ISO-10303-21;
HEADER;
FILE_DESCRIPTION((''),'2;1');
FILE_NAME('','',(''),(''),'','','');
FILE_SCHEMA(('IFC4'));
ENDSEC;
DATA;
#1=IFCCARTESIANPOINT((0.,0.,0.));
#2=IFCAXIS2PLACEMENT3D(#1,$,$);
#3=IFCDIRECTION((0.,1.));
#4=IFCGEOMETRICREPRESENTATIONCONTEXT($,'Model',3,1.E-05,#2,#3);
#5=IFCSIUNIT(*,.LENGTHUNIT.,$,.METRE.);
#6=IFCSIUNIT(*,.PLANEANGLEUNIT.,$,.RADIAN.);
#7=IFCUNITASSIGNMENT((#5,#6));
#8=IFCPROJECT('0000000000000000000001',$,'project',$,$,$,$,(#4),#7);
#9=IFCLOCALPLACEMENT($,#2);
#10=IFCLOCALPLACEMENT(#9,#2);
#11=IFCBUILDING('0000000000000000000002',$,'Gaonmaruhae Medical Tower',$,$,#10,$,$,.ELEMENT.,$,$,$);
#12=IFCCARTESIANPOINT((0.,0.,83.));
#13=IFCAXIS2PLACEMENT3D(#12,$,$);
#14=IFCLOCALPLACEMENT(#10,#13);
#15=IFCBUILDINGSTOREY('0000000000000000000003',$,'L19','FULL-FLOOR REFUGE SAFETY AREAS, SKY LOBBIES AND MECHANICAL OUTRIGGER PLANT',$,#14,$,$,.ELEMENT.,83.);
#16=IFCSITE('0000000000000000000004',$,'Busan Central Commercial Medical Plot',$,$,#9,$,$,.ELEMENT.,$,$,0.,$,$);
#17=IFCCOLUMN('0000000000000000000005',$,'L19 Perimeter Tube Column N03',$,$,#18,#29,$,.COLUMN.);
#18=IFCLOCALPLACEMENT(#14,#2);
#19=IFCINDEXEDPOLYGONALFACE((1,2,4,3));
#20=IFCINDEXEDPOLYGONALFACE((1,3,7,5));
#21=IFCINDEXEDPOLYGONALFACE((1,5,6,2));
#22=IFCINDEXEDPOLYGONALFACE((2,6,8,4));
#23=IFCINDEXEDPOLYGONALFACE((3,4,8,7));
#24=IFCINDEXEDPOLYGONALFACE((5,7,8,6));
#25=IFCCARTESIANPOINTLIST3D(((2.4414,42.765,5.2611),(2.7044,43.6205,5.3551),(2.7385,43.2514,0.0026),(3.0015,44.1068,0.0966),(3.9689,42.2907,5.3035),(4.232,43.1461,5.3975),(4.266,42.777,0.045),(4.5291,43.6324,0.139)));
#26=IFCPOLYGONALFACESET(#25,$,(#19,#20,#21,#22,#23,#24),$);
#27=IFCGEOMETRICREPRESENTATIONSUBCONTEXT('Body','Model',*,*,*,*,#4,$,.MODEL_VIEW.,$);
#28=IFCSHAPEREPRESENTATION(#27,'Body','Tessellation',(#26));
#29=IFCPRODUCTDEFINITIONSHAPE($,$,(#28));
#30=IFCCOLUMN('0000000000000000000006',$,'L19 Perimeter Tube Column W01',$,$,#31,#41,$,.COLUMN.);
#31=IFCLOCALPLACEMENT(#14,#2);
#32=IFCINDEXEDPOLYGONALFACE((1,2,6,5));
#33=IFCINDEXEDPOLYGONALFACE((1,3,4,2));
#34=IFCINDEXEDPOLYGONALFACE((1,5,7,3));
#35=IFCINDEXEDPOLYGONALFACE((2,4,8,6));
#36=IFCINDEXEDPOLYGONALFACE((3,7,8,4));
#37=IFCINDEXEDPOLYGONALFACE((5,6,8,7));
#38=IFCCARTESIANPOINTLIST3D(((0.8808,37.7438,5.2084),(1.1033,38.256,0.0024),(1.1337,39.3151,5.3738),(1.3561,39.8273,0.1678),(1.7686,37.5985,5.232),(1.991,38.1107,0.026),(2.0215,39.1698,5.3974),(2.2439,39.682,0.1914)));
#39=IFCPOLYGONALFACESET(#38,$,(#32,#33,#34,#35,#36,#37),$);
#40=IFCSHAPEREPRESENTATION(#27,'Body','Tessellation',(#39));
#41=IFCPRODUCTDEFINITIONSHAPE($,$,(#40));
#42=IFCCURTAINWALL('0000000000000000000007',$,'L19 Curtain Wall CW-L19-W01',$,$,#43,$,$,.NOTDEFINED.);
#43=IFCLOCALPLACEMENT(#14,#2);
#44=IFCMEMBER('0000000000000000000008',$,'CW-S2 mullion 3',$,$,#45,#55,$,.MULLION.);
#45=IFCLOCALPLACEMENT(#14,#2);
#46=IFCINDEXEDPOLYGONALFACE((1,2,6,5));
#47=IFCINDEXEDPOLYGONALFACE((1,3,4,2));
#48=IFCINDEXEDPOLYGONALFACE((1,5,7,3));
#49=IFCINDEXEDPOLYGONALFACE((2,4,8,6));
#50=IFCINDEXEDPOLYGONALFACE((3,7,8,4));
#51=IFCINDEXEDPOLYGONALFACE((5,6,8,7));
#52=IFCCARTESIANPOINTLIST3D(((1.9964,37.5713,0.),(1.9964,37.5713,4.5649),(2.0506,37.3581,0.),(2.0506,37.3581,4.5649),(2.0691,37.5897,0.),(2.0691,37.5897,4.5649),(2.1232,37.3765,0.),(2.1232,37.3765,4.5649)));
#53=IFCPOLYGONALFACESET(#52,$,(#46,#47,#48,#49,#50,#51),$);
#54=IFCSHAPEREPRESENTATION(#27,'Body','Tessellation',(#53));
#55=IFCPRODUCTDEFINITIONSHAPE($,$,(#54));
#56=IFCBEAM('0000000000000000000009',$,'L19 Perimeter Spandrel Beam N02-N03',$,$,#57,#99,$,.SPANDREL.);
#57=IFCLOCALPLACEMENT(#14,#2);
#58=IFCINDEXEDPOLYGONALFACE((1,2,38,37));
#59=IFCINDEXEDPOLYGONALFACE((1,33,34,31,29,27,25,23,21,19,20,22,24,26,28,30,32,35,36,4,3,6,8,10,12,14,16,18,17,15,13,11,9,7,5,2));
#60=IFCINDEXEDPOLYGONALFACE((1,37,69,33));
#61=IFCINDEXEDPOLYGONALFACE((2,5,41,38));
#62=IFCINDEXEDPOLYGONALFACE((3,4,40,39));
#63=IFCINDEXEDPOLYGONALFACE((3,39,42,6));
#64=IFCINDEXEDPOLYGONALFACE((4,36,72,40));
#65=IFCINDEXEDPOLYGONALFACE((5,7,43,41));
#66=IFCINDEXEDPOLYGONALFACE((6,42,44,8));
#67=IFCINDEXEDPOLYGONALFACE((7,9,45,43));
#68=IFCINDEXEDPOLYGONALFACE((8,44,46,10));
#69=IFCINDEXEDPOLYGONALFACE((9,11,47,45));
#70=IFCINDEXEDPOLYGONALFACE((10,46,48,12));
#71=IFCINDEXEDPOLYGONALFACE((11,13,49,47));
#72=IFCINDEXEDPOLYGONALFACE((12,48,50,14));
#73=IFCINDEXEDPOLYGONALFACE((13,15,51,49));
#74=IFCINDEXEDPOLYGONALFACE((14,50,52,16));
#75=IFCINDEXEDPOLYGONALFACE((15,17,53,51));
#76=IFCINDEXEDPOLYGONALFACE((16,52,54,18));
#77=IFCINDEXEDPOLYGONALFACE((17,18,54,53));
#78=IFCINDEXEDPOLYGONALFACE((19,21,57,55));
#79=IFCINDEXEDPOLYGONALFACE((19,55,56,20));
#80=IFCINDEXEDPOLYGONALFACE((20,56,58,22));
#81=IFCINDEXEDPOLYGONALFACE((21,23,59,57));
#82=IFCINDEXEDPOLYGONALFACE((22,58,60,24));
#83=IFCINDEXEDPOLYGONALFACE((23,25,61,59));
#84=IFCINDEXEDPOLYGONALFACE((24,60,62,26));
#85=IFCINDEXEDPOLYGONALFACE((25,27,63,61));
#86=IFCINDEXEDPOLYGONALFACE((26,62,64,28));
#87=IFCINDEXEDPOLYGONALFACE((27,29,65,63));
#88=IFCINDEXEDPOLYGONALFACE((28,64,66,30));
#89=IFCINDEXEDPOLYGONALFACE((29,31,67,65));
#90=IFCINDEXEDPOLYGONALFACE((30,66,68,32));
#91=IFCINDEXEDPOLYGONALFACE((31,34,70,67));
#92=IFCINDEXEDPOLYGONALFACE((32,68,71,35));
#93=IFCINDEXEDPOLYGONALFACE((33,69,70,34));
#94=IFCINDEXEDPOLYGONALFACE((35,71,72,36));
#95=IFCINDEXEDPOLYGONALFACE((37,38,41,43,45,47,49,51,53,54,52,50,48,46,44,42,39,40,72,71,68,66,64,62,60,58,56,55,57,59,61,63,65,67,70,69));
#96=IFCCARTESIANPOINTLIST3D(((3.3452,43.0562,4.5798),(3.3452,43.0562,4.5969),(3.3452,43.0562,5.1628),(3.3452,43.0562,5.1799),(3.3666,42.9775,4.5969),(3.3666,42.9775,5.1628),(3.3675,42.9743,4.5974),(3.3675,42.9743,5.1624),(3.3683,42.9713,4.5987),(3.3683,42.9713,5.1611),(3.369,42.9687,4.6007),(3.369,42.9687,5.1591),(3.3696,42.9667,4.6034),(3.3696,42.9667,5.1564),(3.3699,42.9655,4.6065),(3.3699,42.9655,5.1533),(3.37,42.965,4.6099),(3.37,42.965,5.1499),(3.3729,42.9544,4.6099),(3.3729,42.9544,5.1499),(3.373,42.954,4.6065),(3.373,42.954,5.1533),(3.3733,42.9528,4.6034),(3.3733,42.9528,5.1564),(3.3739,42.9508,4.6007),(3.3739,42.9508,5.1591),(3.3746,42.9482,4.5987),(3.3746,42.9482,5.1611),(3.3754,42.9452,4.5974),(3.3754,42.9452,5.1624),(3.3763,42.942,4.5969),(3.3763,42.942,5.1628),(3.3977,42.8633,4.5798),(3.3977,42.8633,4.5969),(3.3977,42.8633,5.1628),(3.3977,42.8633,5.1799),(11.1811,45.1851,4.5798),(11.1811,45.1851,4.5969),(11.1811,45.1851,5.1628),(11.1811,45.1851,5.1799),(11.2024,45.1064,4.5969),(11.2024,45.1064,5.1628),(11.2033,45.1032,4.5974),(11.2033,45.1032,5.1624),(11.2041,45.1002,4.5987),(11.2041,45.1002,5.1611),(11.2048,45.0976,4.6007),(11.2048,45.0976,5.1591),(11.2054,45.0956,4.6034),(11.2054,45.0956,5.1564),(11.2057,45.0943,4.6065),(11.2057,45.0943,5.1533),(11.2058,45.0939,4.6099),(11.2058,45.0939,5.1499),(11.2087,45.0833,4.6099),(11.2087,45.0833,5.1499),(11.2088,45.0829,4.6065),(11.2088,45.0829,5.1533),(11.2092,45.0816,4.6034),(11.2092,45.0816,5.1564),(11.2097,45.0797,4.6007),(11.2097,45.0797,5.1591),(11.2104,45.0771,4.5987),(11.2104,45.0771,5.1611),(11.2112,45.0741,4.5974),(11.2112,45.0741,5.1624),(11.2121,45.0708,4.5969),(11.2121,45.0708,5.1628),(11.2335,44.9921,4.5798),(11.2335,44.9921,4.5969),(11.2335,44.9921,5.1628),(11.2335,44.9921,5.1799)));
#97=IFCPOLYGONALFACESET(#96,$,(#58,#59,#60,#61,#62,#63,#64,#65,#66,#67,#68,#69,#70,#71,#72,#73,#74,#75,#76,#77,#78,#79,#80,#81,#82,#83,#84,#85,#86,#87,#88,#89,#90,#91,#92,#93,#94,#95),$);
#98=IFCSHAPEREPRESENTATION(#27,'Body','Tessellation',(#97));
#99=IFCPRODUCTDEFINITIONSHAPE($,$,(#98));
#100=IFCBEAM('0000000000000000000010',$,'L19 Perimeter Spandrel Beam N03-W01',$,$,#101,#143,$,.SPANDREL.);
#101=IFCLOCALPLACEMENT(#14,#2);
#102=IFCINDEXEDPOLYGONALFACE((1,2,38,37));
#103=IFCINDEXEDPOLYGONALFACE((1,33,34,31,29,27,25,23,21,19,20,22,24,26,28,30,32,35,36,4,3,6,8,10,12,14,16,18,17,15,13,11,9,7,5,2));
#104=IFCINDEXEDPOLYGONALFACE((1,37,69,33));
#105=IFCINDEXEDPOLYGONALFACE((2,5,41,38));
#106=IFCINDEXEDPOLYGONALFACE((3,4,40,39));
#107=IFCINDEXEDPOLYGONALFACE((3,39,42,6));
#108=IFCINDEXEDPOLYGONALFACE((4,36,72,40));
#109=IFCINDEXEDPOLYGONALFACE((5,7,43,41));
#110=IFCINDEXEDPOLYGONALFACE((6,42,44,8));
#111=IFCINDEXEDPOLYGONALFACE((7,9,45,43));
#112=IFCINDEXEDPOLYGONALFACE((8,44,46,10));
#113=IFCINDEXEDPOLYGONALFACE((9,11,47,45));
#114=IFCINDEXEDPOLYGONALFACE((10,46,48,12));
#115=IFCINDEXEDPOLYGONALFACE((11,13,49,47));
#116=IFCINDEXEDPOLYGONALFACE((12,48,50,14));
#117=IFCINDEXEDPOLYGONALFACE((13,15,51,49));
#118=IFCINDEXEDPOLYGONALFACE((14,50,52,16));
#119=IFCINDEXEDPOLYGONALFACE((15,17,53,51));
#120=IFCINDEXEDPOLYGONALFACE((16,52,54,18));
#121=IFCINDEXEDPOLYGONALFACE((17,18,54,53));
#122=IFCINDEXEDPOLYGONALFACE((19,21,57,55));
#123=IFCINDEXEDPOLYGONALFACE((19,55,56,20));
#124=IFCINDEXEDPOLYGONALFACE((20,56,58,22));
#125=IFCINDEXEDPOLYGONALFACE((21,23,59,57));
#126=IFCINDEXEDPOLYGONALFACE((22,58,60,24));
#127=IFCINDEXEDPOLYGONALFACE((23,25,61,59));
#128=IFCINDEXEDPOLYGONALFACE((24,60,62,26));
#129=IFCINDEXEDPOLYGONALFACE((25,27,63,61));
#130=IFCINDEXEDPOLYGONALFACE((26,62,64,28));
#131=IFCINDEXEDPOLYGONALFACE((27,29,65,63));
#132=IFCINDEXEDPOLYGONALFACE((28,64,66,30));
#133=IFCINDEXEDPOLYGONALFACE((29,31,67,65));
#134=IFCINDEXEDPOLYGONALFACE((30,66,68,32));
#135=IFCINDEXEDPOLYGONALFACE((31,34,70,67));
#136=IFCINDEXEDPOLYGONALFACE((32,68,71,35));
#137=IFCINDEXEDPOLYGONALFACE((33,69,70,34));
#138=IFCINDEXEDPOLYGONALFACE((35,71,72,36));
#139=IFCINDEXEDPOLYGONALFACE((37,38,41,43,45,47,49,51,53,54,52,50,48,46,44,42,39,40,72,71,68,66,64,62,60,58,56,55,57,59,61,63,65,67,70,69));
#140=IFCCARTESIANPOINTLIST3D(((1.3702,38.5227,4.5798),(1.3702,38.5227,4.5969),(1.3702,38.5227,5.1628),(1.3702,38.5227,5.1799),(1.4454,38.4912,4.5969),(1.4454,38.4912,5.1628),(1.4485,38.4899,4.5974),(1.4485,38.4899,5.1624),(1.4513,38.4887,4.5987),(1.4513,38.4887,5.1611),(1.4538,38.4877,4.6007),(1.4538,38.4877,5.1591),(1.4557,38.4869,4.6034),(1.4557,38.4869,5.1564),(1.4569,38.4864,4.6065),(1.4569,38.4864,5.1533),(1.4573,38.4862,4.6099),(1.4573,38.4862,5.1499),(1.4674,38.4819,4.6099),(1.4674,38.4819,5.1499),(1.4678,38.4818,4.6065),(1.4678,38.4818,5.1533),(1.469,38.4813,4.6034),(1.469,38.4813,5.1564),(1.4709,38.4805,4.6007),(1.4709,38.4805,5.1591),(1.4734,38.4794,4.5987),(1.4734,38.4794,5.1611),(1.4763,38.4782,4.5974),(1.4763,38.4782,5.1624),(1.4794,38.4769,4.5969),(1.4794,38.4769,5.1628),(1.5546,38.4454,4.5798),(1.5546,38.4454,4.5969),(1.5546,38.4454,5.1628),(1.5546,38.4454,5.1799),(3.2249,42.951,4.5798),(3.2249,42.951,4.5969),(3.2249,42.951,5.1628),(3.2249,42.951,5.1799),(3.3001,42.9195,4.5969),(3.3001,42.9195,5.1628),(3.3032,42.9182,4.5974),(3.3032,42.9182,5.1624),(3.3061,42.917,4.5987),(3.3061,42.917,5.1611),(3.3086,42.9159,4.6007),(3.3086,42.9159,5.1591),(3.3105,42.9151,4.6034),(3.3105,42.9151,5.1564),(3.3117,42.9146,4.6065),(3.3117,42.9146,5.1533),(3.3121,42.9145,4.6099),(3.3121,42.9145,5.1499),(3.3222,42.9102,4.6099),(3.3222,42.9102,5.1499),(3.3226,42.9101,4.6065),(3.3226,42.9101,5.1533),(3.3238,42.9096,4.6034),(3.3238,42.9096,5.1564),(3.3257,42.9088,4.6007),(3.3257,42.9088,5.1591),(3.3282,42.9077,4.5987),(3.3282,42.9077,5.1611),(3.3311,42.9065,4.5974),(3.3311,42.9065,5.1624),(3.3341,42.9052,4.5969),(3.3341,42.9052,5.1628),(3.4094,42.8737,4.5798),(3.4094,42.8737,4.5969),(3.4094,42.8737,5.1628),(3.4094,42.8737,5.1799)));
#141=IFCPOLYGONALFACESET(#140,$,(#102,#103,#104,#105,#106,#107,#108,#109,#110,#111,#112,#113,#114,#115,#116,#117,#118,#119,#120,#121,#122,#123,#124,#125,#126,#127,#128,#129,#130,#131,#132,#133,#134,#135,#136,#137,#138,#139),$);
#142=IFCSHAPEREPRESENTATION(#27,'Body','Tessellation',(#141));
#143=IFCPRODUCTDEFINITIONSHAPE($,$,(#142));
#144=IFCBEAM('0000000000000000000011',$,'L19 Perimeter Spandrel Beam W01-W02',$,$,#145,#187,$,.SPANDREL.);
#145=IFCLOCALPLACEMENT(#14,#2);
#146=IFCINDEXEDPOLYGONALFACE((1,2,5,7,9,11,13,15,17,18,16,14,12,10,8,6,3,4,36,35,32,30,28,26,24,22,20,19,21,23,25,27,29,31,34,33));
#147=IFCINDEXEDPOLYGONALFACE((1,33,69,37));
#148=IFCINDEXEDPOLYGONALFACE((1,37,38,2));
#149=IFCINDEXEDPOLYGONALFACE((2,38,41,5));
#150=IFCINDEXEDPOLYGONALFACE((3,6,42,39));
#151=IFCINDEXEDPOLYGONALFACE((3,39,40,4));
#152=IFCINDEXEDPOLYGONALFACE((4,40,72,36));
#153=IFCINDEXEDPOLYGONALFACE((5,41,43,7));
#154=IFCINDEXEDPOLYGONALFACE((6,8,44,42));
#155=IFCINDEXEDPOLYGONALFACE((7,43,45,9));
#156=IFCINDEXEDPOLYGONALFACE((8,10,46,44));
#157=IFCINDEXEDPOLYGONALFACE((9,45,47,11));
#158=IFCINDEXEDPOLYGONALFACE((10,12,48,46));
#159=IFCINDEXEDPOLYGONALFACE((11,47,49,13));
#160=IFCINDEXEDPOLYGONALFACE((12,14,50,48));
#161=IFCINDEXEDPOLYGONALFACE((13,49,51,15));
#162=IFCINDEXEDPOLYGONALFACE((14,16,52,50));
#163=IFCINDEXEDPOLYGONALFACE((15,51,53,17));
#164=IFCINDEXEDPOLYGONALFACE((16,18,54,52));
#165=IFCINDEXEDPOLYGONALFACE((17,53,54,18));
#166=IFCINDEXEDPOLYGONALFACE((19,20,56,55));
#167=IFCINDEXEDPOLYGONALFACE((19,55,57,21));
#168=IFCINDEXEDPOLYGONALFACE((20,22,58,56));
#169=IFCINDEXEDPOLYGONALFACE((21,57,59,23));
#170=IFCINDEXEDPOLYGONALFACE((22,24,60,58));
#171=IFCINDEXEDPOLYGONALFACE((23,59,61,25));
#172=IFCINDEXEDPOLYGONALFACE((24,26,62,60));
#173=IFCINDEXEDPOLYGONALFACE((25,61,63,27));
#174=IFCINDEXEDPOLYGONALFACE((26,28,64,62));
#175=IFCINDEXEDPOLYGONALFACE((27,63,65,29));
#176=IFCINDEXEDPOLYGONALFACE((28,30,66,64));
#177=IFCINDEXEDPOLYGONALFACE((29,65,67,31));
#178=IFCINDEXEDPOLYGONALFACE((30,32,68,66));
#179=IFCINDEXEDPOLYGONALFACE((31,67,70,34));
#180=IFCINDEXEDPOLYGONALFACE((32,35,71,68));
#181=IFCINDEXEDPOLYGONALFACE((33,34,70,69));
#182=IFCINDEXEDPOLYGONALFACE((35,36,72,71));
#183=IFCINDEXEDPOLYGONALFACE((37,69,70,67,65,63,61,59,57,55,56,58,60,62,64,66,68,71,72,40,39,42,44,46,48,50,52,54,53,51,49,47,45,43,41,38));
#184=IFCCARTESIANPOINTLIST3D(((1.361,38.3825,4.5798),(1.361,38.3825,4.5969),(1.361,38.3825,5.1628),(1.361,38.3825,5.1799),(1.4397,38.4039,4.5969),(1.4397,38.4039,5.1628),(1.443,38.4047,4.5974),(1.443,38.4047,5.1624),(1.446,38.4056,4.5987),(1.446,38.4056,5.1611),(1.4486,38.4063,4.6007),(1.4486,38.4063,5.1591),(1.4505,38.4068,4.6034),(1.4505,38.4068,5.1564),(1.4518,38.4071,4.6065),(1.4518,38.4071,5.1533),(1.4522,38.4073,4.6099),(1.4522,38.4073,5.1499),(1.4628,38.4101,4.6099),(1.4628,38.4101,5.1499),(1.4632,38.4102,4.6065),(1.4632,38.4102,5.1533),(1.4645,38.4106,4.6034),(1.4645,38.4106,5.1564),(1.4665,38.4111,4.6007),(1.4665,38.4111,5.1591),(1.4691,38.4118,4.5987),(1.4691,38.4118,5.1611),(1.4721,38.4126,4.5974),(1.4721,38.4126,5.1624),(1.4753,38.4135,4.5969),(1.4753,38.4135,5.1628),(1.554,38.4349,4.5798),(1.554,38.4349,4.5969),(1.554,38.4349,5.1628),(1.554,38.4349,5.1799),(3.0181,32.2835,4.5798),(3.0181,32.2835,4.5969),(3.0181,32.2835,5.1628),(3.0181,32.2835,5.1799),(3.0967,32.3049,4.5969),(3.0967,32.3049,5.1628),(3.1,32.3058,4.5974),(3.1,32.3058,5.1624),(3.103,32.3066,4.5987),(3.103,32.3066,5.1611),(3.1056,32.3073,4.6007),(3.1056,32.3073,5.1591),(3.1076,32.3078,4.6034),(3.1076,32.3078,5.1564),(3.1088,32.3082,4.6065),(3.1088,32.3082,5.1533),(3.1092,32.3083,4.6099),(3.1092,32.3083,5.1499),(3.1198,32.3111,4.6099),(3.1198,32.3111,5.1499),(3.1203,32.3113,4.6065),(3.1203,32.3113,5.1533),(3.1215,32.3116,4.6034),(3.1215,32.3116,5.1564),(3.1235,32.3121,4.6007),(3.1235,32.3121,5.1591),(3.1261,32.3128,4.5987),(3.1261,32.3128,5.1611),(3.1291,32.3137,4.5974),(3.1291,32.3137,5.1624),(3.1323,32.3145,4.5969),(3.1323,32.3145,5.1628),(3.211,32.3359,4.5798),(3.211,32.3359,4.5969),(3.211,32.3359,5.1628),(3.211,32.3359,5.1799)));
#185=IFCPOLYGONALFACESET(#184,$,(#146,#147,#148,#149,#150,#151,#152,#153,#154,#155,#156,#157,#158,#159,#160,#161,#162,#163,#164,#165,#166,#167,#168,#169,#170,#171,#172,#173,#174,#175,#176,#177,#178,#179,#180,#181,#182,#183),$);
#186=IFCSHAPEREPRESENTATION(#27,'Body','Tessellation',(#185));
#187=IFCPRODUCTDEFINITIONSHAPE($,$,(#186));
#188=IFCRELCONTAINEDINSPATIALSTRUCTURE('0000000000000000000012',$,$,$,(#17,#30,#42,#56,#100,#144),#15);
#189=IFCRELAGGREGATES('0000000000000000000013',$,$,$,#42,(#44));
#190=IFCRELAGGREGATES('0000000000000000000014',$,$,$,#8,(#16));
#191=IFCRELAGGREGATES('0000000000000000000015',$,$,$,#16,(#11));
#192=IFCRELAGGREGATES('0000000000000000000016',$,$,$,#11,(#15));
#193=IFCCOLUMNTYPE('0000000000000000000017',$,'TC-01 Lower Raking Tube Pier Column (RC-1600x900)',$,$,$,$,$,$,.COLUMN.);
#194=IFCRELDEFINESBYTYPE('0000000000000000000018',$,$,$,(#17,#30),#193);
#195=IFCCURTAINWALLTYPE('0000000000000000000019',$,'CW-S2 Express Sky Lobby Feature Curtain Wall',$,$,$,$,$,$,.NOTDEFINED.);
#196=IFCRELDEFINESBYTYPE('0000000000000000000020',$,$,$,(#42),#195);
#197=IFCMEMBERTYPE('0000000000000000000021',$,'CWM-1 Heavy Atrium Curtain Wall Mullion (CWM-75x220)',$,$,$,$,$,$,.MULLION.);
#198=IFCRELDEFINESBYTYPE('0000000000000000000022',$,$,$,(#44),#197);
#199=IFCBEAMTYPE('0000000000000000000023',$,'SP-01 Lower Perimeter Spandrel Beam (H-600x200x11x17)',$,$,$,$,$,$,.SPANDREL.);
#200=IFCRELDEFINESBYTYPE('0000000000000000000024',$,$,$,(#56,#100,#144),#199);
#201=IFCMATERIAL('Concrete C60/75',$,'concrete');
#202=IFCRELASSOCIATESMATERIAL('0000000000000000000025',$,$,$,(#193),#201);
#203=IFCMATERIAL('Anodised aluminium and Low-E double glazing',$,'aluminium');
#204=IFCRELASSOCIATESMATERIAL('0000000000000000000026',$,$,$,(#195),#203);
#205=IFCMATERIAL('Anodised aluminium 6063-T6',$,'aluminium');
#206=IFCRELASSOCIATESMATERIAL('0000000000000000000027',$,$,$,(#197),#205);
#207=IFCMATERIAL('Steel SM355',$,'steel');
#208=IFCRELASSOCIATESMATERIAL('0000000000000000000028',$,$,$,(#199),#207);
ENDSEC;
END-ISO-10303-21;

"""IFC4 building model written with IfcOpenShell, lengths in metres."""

from ifc_helpers import new_model, si_unit, direction, frame, origin, origin_2d, place, context, subcontext, project, spatial, rectangle, i_section, extrude, material, material_profile, profile_set, type_object, element, aggregate, save


model = new_model("IFC4")

# Units and contexts
model_context = context("Model", 3, precision=1e-05, world=origin(), true_north=direction((0.0, 1.0)))
body_context = subcontext(model_context, "Body", "Model", "MODEL_VIEW")
ifc_project = project(units=[si_unit("LENGTHUNIT", "METRE"), si_unit("PLANEANGLEUNIT", "RADIAN")], contexts=[model_context])

# Site, building, storey
site_placement = place(None, origin())
site = spatial("IfcSite", under=ifc_project, at=site_placement, Name="Busan Central Commercial Medical Plot", CompositionType="ELEMENT", RefElevation=0.0)
building_placement = place(site_placement, origin())
building = spatial("IfcBuilding", under=site, at=building_placement, Name="Gaonmaruhae Medical Tower", CompositionType="ELEMENT")
storey_placement = place(building_placement, frame((0.0, 0.0, 83.0)))
storey = spatial("IfcBuildingStorey", under=building, at=storey_placement, Name="L19", Description="FULL-FLOOR REFUGE SAFETY AREAS, SKY LOBBIES AND MECHANICAL OUTRIGGER PLANT", CompositionType="ELEMENT", Elevation=83.0)

# Columns
ifc_material_1 = material(Name="Concrete C60/75", Category="concrete")
ifc_material_profile_1 = material_profile(ifc_material_1, rectangle(XDim=1.6001, YDim=0.8999, at=origin_2d()), Name="RC-1600x900")
ifc_profile_set_1 = profile_set([ifc_material_profile_1], Name="Concrete C60/75")
column_type = type_object("IfcColumnType", Name="TC-01 Lower Raking Tube Pier Column (RC-1600x900)", PredefinedType="COLUMN", material=ifc_profile_set_1)
column_1_placement = place(storey_placement, frame((3.6338, 43.4419, 0.0708), z_axis=(-0.056173, -0.091945, 0.994178), x_axis=(0.954673, -0.296474, 0.026522)))
element("IfcColumn", 1, at=column_1_placement, inside=storey, type_object=column_type, Name="L19 Perimeter Tube Column N03", PredefinedType="COLUMN", context=body_context, shape_type="SweptSolid", body=[
    extrude(rectangle(XDim=1.6001, YDim=0.8999, at=origin_2d()), origin(), (0.0, 0.0, 1.0), 5.2893),
])
column_2_placement = place(storey_placement, frame((1.6736, 38.969, 0.0969), z_axis=(-0.042478, -0.097826, 0.994297), x_axis=(0.158052, 0.982005, 0.103369)))
element("IfcColumn", 2, at=column_2_placement, inside=storey, type_object=column_type, Name="L19 Perimeter Tube Column W01", PredefinedType="COLUMN", context=body_context, shape_type="SweptSolid", body=[
    extrude(rectangle(XDim=1.6001, YDim=0.8999, at=origin_2d()), origin(), (0.0, 0.0, 1.0), 5.2358),
])

# Curtain wall, member
ifc_material_2 = material(Name="Anodised aluminium and Low-E double glazing", Category="aluminium")
curtain_wall_type = type_object("IfcCurtainWallType", Name="CW-S2 Express Sky Lobby Feature Curtain Wall", PredefinedType="NOTDEFINED", material=ifc_material_2)
curtain_wall_placement = place(storey_placement, origin())
curtain_wall = element("IfcCurtainWall", 3, at=curtain_wall_placement, inside=storey, type_object=curtain_wall_type, Name="L19 Curtain Wall CW-L19-W01", PredefinedType="NOTDEFINED")
ifc_material_3 = material(Name="Anodised aluminium 6063-T6", Category="aluminium")
ifc_material_profile_2 = material_profile(ifc_material_3, rectangle(XDim=0.075, YDim=0.22, at=origin_2d()), Name="CWM-75x220")
ifc_profile_set_2 = profile_set([ifc_material_profile_2], Name="Anodised aluminium 6063-T6")
member_type = type_object("IfcMemberType", Name="CWM-1 Heavy Atrium Curtain Wall Mullion (CWM-75x220)", PredefinedType="MULLION", material=ifc_profile_set_2)
member_placement = place(storey_placement, frame((2.0598, 37.4739, 0.0), z_axis=(0.0, 0.0, 1.0), x_axis=(-0.969235, -0.246136, 0.0)))
member = element("IfcMember", 4, at=member_placement, type_object=member_type, Name="CW-S2 mullion 3", PredefinedType="MULLION", context=body_context, shape_type="SweptSolid", body=[
    extrude(rectangle(XDim=0.075, YDim=0.22, at=origin_2d()), origin(), (0.0, 0.0, 1.0), 4.5649),
])

# Beams
ifc_material_4 = material(Name="Steel SM355", Category="steel")
ifc_material_profile_3 = material_profile(ifc_material_4, i_section(OverallWidth=0.2, OverallDepth=0.6001, WebThickness=0.011, FlangeThickness=0.0171, FilletRadius=0.0129, at=origin_2d()), Name="H-600x200x11x17")
ifc_profile_set_3 = profile_set([ifc_material_profile_3], Name="Steel SM355")
beam_type = type_object("IfcBeamType", Name="SP-01 Lower Perimeter Spandrel Beam (H-600x200x11x17)", PredefinedType="SPANDREL", material=ifc_profile_set_3)
beam_1_placement = place(storey_placement, frame((11.2073, 45.0886, 4.8799), z_axis=(-0.965019, -0.262181, 0.0), x_axis=(0.262181, -0.965019, 0.0)))
element("IfcBeam", 5, at=beam_1_placement, inside=storey, type_object=beam_type, Name="L19 Perimeter Spandrel Beam N02-N03", PredefinedType="SPANDREL", context=body_context, shape_type="SweptSolid", body=[
    extrude(i_section(OverallWidth=0.2, OverallDepth=0.6001, WebThickness=0.011, FlangeThickness=0.0171, FilletRadius=0.0129, at=origin_2d()), origin(), (0.0, 0.0, 1.0), 8.1199),
])
beam_2_placement = place(storey_placement, frame((3.3171, 42.9124, 4.8799), z_axis=(-0.386326, -0.922362, 0.0), x_axis=(0.922362, -0.386326, 0.0)))
element("IfcBeam", 6, at=beam_2_placement, inside=storey, type_object=beam_type, Name="L19 Perimeter Spandrel Beam N03-W01", PredefinedType="SPANDREL", context=body_context, shape_type="SweptSolid", body=[
    extrude(i_section(OverallWidth=0.2, OverallDepth=0.6001, WebThickness=0.011, FlangeThickness=0.0171, FilletRadius=0.0129, at=origin_2d()), origin(), (0.0, 0.0, 1.0), 4.801),
])
beam_3_placement = place(storey_placement, frame((1.4575, 38.4087, 4.8799), z_axis=(0.262182, -0.965018, 0.0), x_axis=(0.965018, 0.262182, 0.0)))
element("IfcBeam", 7, at=beam_3_placement, inside=storey, type_object=beam_type, Name="L19 Perimeter Spandrel Beam W01-W02", PredefinedType="SPANDREL", context=body_context, shape_type="SweptSolid", body=[
    extrude(i_section(OverallWidth=0.2, OverallDepth=0.6001, WebThickness=0.011, FlangeThickness=0.0171, FilletRadius=0.0129, at=origin_2d()), origin(), (0.0, 0.0, 1.0), 6.3201),
])

aggregate(curtain_wall, [member])

save(model, "model.ifc")
